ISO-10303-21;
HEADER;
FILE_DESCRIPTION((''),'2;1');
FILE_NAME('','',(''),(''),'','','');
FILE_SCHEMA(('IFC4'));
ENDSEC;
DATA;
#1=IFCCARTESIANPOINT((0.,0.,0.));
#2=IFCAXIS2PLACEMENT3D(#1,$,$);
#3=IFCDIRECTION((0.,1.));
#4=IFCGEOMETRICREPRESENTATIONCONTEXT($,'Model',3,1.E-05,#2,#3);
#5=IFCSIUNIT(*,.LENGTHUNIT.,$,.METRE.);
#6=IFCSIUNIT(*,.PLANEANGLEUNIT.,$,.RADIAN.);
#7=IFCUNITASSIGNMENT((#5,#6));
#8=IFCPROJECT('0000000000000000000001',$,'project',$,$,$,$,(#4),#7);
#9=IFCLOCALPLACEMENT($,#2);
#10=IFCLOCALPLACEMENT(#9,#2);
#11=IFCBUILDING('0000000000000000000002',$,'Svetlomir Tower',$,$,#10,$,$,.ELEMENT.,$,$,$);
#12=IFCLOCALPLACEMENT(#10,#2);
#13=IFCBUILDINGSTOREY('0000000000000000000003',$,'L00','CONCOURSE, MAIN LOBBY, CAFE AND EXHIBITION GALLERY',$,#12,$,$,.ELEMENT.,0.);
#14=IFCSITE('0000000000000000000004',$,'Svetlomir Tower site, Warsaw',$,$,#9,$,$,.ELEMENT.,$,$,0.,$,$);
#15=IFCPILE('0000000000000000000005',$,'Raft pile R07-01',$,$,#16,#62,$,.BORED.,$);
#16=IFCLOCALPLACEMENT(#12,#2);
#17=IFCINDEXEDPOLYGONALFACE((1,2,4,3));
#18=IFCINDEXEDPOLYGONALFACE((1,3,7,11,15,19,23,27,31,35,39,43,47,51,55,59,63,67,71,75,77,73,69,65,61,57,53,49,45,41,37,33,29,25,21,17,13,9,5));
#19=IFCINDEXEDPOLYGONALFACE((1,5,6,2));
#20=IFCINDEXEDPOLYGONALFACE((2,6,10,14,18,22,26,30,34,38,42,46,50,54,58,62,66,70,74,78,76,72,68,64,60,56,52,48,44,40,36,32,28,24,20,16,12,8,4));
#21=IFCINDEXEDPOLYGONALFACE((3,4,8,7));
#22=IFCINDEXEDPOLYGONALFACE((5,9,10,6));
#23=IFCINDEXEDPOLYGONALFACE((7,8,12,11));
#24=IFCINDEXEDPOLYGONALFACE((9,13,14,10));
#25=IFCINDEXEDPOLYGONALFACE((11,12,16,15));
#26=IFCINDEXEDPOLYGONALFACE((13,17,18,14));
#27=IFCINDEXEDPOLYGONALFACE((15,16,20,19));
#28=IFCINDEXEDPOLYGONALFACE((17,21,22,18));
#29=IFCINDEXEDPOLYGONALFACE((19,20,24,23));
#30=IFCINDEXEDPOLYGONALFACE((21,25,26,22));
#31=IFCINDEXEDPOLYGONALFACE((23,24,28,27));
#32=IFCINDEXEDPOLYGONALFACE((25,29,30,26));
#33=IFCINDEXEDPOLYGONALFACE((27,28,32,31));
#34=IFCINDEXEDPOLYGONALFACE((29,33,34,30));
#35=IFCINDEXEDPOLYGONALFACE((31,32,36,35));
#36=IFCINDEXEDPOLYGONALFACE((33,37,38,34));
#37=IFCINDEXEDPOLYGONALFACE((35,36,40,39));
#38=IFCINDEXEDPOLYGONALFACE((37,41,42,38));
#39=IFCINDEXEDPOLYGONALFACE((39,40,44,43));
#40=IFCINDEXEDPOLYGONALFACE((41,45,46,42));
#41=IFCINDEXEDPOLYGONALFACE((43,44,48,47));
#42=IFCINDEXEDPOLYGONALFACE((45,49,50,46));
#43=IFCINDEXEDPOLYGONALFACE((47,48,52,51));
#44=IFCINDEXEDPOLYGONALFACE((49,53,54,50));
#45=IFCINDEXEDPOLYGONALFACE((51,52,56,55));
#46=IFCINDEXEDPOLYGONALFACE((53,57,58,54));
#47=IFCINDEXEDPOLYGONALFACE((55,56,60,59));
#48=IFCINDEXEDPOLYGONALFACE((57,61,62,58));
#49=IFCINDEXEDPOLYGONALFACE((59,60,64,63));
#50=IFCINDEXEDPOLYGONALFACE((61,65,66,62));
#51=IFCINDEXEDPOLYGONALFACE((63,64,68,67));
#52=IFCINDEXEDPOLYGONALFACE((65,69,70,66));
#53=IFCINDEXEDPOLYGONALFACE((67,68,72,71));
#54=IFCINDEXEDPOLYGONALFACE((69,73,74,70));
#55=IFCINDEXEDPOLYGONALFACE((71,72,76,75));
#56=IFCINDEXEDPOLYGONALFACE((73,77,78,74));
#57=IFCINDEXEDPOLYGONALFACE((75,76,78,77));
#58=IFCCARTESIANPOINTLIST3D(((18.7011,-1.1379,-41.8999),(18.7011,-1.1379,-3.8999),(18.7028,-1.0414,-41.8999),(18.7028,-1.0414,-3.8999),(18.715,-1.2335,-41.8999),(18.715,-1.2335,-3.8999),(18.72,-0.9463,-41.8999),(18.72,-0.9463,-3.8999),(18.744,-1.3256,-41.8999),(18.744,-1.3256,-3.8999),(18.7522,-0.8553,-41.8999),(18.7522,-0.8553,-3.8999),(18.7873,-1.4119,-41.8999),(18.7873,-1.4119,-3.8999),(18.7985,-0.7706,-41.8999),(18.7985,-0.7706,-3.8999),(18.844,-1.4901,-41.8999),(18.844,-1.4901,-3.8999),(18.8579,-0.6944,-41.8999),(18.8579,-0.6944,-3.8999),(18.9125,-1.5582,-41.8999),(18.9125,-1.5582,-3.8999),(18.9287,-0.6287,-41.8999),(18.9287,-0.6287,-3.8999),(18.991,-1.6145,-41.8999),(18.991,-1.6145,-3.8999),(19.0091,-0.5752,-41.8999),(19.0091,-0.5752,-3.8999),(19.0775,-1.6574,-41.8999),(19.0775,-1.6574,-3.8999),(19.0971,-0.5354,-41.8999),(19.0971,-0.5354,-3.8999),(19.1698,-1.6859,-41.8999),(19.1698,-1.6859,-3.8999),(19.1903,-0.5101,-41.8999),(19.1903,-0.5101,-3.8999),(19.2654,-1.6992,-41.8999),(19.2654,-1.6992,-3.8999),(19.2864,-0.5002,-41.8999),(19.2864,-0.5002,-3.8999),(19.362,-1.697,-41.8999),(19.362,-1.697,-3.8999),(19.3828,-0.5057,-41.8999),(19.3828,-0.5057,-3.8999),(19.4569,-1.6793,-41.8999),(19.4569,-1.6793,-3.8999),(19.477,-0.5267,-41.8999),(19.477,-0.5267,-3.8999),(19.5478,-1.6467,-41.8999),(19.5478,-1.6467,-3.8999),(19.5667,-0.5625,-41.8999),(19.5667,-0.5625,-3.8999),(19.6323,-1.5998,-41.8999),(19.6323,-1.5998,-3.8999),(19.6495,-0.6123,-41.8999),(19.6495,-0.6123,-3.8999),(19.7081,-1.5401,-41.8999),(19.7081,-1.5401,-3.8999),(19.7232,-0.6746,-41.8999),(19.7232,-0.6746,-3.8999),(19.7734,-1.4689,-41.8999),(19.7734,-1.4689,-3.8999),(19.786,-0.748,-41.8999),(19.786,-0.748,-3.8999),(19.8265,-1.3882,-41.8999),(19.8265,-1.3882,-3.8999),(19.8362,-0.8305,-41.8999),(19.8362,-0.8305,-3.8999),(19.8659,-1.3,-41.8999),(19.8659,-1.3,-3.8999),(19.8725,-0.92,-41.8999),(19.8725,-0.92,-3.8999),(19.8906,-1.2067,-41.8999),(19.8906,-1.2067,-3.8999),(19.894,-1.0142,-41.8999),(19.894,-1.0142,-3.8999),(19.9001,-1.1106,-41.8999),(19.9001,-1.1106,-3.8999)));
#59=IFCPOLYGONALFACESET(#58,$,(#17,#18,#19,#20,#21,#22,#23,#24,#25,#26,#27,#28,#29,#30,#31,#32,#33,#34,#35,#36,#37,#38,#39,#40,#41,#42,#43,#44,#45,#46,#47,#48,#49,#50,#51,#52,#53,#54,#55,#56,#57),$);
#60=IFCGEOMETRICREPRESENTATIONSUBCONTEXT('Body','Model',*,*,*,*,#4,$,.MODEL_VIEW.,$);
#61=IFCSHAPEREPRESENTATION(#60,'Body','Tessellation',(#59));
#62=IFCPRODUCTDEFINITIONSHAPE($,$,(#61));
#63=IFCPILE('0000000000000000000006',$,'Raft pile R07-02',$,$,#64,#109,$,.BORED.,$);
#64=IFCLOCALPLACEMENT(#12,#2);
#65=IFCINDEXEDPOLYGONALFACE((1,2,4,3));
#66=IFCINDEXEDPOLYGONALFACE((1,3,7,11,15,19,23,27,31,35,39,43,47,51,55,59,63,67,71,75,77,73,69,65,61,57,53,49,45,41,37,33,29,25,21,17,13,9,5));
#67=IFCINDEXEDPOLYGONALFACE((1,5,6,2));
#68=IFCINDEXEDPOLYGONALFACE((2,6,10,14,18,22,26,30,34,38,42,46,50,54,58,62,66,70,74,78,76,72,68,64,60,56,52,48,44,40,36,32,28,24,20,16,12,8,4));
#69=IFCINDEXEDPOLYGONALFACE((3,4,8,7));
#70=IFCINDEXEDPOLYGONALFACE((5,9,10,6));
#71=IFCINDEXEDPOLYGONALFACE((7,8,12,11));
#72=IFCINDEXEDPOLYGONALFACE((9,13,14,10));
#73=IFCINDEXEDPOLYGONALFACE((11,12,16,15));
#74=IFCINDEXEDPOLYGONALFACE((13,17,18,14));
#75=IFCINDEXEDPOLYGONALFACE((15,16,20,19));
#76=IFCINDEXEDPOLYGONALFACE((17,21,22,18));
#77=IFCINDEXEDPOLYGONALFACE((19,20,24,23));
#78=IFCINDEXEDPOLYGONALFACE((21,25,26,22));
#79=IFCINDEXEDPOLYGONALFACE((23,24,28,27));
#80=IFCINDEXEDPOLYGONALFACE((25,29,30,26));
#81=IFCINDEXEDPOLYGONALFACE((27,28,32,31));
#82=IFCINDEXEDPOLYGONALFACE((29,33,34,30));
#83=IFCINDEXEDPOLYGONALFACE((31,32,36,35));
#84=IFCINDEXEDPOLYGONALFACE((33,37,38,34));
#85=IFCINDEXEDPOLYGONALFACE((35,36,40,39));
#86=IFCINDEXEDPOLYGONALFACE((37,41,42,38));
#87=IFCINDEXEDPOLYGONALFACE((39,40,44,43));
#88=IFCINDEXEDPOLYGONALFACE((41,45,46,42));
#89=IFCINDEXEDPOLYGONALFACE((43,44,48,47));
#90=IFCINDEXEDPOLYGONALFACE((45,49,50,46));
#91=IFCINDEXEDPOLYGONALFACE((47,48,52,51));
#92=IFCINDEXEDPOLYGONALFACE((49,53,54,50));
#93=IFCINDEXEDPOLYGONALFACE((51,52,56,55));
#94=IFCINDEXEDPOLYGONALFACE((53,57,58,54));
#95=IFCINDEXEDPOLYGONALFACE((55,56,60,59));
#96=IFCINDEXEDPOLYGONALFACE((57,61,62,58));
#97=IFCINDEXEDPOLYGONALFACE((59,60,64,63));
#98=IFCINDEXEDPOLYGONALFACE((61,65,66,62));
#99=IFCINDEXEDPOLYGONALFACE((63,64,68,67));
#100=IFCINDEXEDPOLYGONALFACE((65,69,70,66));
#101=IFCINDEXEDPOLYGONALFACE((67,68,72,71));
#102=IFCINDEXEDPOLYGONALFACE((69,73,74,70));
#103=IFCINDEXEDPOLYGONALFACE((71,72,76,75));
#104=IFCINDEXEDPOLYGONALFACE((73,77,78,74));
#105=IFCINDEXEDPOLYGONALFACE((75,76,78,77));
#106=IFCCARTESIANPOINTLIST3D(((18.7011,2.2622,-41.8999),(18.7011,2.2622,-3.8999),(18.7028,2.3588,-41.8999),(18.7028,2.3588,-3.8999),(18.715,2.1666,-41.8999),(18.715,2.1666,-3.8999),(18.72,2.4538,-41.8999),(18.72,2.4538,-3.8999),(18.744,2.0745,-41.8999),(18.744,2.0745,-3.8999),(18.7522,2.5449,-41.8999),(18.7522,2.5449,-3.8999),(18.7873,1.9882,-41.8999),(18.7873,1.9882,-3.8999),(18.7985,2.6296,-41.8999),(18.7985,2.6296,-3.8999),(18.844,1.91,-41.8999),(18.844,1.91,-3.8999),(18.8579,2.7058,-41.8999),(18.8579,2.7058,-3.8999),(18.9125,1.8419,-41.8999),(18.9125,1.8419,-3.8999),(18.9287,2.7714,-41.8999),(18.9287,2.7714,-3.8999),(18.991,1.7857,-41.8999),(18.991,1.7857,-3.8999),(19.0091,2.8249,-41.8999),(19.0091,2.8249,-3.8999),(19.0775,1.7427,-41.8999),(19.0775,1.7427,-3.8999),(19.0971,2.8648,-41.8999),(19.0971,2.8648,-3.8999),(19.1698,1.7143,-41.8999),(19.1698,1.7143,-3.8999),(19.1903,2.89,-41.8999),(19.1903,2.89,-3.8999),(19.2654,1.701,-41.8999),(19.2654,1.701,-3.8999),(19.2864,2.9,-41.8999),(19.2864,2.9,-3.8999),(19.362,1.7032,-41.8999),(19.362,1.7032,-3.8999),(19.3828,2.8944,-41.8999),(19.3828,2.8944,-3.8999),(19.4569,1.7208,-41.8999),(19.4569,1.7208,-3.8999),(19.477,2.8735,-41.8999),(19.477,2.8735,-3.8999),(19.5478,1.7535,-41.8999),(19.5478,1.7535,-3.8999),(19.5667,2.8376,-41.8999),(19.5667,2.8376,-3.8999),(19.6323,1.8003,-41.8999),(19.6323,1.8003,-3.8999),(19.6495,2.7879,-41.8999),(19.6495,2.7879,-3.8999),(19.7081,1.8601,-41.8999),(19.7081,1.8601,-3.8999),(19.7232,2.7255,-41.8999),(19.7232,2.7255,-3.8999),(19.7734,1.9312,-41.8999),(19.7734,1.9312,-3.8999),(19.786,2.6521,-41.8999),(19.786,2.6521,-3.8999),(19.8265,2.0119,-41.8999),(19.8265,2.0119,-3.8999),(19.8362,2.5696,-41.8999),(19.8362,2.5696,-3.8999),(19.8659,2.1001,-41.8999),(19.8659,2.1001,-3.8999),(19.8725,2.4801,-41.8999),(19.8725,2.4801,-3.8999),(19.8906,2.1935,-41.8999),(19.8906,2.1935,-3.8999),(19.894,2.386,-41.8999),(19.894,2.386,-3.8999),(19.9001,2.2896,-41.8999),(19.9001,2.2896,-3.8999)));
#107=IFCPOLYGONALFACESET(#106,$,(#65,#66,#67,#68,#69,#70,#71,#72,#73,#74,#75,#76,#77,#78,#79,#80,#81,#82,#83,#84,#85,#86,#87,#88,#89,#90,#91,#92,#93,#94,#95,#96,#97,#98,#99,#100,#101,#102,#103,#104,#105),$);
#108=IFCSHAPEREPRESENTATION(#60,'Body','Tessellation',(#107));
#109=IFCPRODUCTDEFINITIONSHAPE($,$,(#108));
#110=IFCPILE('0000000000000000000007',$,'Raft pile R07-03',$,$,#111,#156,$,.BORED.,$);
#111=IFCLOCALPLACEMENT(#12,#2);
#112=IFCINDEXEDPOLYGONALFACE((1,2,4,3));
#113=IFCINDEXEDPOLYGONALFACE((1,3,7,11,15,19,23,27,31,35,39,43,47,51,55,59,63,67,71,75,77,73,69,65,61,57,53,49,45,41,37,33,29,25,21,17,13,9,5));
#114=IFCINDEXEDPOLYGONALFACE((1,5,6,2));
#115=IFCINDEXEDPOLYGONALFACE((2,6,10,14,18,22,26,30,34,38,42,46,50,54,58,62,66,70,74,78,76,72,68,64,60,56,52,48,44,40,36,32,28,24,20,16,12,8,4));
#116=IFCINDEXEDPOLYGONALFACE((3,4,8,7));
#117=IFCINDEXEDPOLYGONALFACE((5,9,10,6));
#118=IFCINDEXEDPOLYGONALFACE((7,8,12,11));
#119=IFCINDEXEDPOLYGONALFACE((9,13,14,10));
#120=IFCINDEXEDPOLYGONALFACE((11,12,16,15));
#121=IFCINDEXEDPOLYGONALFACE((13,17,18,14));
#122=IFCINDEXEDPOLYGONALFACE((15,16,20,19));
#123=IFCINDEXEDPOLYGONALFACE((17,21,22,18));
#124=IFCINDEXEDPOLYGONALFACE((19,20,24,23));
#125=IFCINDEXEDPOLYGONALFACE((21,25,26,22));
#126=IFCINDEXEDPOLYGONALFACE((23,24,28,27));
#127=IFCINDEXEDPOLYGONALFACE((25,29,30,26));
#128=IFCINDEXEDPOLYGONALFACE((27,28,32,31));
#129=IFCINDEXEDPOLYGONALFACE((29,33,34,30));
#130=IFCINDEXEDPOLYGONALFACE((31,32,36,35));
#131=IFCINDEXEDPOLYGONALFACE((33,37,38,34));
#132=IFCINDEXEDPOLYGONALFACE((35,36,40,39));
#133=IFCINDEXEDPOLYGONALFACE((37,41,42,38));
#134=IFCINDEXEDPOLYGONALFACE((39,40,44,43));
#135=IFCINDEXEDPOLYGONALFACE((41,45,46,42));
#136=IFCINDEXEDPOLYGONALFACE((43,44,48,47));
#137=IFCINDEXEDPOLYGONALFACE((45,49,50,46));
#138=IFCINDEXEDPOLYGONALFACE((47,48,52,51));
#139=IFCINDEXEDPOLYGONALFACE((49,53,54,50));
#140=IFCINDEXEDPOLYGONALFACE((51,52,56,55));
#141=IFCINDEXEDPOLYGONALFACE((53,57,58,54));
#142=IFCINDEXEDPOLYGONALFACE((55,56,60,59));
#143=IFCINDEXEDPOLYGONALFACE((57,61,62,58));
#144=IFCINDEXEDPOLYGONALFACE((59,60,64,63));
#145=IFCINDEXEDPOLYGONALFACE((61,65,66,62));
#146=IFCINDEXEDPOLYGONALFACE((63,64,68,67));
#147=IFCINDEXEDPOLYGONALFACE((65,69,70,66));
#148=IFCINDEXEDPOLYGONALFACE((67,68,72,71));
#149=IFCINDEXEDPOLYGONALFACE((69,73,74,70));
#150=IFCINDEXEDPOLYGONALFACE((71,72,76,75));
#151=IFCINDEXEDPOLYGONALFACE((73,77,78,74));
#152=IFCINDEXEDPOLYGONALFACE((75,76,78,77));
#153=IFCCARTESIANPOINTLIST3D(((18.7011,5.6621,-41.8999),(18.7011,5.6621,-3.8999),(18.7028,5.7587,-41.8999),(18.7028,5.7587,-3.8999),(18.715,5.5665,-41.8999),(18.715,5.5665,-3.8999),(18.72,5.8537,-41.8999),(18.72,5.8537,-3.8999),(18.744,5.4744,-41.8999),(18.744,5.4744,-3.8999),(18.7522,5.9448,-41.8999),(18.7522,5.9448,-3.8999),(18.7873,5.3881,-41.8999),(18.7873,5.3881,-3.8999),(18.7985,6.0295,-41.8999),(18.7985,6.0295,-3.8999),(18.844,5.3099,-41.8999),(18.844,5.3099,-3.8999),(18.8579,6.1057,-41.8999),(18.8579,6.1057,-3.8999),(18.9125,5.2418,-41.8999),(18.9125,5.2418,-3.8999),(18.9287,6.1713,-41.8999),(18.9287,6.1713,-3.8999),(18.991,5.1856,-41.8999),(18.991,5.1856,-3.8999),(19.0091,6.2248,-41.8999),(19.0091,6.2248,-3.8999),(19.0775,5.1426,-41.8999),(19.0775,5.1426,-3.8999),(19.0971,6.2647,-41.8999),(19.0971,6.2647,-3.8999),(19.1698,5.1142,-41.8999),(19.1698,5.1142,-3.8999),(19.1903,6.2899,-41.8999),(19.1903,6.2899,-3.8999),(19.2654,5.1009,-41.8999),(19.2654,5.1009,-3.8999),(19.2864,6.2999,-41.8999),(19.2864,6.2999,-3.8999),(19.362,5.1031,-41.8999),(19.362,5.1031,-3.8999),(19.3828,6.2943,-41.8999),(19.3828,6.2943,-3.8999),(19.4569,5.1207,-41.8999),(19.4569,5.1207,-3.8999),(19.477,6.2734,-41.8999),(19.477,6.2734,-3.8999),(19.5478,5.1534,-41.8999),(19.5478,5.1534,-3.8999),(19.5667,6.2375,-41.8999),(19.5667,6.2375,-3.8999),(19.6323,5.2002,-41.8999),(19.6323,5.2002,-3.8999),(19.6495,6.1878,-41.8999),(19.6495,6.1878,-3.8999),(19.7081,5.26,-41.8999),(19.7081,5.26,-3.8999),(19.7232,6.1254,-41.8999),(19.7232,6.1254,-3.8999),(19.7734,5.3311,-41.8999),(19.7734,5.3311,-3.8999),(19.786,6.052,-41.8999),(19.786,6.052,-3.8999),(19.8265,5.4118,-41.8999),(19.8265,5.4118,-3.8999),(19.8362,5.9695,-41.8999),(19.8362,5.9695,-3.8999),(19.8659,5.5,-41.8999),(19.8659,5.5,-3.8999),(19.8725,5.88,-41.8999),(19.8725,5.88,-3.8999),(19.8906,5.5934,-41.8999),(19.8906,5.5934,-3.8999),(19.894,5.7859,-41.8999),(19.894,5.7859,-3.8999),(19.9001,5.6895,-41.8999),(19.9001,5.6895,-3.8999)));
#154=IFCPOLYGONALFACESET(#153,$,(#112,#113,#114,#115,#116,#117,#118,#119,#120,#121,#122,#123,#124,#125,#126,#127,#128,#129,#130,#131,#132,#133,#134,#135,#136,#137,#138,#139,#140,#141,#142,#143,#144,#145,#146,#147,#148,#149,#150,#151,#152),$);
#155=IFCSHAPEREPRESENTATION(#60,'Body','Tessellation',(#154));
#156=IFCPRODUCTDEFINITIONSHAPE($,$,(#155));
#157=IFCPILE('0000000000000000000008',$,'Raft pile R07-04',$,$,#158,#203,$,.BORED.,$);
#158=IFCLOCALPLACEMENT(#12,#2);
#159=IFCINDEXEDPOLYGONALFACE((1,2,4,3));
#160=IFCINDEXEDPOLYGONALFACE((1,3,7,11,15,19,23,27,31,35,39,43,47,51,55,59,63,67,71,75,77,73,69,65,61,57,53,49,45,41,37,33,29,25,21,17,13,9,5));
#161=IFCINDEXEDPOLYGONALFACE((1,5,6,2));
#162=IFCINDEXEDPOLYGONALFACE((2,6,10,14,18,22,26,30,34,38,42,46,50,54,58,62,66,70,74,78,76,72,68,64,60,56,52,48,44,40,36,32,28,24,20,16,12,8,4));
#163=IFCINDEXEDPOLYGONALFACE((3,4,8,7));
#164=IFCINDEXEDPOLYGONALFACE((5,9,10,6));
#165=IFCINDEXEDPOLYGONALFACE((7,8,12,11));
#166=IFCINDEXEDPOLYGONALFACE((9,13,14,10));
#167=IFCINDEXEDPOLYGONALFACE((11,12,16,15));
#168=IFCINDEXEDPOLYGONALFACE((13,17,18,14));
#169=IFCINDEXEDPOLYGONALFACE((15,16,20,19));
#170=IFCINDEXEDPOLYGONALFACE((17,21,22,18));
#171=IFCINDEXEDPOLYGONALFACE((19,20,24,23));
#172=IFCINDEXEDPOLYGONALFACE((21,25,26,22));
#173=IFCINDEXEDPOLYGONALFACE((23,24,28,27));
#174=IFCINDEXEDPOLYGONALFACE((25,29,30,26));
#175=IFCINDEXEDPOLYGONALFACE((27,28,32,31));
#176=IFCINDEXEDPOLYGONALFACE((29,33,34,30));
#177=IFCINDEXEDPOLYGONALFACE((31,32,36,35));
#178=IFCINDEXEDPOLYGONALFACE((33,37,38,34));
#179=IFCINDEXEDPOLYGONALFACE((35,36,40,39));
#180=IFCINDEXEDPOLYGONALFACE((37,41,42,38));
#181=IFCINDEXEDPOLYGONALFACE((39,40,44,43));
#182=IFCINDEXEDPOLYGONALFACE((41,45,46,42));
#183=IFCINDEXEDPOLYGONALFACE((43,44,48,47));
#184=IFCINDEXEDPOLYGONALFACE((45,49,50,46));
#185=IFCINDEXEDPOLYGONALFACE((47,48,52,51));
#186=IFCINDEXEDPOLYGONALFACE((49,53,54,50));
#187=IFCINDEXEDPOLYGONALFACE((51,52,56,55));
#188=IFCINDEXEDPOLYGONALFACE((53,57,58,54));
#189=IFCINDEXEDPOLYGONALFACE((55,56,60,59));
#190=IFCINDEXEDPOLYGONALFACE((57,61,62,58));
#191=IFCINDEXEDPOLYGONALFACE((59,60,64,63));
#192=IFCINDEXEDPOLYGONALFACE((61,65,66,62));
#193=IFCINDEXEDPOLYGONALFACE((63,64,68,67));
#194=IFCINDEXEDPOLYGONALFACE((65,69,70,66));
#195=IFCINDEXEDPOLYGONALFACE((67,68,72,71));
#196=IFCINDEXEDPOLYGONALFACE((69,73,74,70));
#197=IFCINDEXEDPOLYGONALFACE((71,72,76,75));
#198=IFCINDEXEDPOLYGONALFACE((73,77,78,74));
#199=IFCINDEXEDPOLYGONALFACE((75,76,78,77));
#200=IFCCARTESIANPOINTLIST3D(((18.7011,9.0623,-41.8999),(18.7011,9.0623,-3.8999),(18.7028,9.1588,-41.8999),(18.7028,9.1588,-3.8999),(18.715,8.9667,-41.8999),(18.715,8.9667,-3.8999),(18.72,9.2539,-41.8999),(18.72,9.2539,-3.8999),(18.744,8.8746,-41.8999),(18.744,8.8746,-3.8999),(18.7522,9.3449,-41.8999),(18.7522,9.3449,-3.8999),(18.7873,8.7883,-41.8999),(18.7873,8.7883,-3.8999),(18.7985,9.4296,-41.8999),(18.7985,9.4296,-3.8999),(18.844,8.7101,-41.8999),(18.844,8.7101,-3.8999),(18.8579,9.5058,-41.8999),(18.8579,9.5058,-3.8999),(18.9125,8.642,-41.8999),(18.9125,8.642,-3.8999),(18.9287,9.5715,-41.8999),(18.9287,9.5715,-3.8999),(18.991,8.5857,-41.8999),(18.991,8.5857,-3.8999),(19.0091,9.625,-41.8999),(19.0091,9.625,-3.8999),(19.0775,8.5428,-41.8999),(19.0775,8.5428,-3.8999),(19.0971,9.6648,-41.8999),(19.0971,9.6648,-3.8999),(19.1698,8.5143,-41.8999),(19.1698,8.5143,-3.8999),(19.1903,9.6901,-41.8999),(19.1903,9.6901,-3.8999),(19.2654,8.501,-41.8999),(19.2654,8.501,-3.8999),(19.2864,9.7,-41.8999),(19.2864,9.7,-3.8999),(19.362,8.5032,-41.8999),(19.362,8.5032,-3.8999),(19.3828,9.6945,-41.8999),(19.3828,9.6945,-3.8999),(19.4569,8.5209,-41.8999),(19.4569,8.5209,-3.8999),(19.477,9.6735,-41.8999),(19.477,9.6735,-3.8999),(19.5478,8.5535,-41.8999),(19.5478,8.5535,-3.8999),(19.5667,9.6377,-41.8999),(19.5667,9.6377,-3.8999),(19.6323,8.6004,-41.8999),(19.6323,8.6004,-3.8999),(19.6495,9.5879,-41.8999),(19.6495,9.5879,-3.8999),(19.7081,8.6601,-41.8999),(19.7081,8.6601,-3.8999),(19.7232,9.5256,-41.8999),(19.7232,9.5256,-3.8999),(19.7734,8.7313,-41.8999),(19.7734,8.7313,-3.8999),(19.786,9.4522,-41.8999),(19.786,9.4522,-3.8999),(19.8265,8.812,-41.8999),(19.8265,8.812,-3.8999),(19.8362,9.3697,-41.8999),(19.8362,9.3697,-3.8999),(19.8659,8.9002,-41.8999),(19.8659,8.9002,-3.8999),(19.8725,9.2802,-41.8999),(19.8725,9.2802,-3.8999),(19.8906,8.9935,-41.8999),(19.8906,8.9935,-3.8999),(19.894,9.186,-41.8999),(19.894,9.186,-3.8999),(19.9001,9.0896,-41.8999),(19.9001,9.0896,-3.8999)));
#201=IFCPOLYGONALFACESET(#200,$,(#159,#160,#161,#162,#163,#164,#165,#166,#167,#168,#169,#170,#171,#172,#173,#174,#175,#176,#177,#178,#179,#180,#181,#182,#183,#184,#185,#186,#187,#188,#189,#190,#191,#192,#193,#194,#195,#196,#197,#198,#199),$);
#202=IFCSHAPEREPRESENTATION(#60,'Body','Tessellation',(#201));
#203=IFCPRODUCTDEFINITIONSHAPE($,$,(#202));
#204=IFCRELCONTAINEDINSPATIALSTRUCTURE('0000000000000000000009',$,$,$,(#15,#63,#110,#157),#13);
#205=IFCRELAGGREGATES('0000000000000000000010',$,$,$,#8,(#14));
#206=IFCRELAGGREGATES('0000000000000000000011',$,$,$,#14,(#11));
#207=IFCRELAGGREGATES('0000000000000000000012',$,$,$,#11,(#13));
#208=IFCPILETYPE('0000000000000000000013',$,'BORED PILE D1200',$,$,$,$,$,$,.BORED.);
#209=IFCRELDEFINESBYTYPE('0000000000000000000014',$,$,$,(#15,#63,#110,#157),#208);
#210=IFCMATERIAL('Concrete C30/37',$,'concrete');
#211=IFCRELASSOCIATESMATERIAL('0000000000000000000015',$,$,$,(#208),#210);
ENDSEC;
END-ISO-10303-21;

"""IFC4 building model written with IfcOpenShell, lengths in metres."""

from ifc_helpers import new_model, si_unit, direction, frame, frame_2d, origin, origin_2d, place, context, subcontext, project, spatial, circle, extrude, material, material_profile, profile_set, type_object, element, save


model = new_model("IFC4")

# Units and contexts
model_context = context("Model", 3, precision=1e-05, world=origin(), true_north=direction((0.0, 1.0)))
body_context = subcontext(model_context, "Body", "Model", "MODEL_VIEW")
ifc_project = project(units=[si_unit("LENGTHUNIT", "METRE"), si_unit("PLANEANGLEUNIT", "RADIAN")], contexts=[model_context])

# Site, building, storey
site_placement = place(None, origin())
site = spatial("IfcSite", under=ifc_project, at=site_placement, Name="Svetlomir Tower site, Warsaw", CompositionType="ELEMENT", RefElevation=0.0)
building_placement = place(site_placement, origin())
building = spatial("IfcBuilding", under=site, at=building_placement, Name="Svetlomir Tower", CompositionType="ELEMENT")
storey_placement = place(building_placement, origin())
storey = spatial("IfcBuildingStorey", under=building, at=storey_placement, Name="L00", Description="CONCOURSE, MAIN LOBBY, CAFE AND EXHIBITION GALLERY", CompositionType="ELEMENT", Elevation=0.0)

# Piles
ifc_material_1 = material(Name="Concrete C30/37", Category="concrete")
ifc_material_profile_1 = material_profile(ifc_material_1, circle(Radius=0.6001, at=origin_2d()), Name="D1200")
ifc_profile_set_1 = profile_set([ifc_material_profile_1], Name="Concrete C30/37")
pile_type = type_object("IfcPileType", Name="BORED PILE D1200", PredefinedType="BORED", material=ifc_profile_set_1)
for number, where, z_axis, x_axis, name in (
    (1, (19.3, -1.1001, -3.8999), (0.0, 0.0, -1.0), (1.0, 0.0, 0.0), "Raft pile R07-01"),
    (2, (19.3, 2.3, -3.8999), (0.0, 0.0, -1.0), (1.0, 0.0, 0.0), "Raft pile R07-02"),
    (3, (19.3, 5.7, -3.8999), (0.0, 0.0, -1.0), (1.0, 0.0, 0.0), "Raft pile R07-03"),
    (4, (19.3, 9.1001, -3.8999), (0.0, 0.0, -1.0), (1.0, 0.0, 0.0), "Raft pile R07-04"),
):
    element("IfcPile", number, at=place(storey_placement, frame(where, z_axis=z_axis, x_axis=x_axis)), inside=storey, type_object=pile_type, Name=name, PredefinedType="BORED", context=body_context, shape_type="SweptSolid", body=[
        extrude(circle(Radius=0.6001, at=frame_2d((0.0, 0.0), x_axis=(0.999848, 0.017452))), origin(), (0.0, 0.0, 1.0), 38.0),
    ])

save(model, "model.ifc")
